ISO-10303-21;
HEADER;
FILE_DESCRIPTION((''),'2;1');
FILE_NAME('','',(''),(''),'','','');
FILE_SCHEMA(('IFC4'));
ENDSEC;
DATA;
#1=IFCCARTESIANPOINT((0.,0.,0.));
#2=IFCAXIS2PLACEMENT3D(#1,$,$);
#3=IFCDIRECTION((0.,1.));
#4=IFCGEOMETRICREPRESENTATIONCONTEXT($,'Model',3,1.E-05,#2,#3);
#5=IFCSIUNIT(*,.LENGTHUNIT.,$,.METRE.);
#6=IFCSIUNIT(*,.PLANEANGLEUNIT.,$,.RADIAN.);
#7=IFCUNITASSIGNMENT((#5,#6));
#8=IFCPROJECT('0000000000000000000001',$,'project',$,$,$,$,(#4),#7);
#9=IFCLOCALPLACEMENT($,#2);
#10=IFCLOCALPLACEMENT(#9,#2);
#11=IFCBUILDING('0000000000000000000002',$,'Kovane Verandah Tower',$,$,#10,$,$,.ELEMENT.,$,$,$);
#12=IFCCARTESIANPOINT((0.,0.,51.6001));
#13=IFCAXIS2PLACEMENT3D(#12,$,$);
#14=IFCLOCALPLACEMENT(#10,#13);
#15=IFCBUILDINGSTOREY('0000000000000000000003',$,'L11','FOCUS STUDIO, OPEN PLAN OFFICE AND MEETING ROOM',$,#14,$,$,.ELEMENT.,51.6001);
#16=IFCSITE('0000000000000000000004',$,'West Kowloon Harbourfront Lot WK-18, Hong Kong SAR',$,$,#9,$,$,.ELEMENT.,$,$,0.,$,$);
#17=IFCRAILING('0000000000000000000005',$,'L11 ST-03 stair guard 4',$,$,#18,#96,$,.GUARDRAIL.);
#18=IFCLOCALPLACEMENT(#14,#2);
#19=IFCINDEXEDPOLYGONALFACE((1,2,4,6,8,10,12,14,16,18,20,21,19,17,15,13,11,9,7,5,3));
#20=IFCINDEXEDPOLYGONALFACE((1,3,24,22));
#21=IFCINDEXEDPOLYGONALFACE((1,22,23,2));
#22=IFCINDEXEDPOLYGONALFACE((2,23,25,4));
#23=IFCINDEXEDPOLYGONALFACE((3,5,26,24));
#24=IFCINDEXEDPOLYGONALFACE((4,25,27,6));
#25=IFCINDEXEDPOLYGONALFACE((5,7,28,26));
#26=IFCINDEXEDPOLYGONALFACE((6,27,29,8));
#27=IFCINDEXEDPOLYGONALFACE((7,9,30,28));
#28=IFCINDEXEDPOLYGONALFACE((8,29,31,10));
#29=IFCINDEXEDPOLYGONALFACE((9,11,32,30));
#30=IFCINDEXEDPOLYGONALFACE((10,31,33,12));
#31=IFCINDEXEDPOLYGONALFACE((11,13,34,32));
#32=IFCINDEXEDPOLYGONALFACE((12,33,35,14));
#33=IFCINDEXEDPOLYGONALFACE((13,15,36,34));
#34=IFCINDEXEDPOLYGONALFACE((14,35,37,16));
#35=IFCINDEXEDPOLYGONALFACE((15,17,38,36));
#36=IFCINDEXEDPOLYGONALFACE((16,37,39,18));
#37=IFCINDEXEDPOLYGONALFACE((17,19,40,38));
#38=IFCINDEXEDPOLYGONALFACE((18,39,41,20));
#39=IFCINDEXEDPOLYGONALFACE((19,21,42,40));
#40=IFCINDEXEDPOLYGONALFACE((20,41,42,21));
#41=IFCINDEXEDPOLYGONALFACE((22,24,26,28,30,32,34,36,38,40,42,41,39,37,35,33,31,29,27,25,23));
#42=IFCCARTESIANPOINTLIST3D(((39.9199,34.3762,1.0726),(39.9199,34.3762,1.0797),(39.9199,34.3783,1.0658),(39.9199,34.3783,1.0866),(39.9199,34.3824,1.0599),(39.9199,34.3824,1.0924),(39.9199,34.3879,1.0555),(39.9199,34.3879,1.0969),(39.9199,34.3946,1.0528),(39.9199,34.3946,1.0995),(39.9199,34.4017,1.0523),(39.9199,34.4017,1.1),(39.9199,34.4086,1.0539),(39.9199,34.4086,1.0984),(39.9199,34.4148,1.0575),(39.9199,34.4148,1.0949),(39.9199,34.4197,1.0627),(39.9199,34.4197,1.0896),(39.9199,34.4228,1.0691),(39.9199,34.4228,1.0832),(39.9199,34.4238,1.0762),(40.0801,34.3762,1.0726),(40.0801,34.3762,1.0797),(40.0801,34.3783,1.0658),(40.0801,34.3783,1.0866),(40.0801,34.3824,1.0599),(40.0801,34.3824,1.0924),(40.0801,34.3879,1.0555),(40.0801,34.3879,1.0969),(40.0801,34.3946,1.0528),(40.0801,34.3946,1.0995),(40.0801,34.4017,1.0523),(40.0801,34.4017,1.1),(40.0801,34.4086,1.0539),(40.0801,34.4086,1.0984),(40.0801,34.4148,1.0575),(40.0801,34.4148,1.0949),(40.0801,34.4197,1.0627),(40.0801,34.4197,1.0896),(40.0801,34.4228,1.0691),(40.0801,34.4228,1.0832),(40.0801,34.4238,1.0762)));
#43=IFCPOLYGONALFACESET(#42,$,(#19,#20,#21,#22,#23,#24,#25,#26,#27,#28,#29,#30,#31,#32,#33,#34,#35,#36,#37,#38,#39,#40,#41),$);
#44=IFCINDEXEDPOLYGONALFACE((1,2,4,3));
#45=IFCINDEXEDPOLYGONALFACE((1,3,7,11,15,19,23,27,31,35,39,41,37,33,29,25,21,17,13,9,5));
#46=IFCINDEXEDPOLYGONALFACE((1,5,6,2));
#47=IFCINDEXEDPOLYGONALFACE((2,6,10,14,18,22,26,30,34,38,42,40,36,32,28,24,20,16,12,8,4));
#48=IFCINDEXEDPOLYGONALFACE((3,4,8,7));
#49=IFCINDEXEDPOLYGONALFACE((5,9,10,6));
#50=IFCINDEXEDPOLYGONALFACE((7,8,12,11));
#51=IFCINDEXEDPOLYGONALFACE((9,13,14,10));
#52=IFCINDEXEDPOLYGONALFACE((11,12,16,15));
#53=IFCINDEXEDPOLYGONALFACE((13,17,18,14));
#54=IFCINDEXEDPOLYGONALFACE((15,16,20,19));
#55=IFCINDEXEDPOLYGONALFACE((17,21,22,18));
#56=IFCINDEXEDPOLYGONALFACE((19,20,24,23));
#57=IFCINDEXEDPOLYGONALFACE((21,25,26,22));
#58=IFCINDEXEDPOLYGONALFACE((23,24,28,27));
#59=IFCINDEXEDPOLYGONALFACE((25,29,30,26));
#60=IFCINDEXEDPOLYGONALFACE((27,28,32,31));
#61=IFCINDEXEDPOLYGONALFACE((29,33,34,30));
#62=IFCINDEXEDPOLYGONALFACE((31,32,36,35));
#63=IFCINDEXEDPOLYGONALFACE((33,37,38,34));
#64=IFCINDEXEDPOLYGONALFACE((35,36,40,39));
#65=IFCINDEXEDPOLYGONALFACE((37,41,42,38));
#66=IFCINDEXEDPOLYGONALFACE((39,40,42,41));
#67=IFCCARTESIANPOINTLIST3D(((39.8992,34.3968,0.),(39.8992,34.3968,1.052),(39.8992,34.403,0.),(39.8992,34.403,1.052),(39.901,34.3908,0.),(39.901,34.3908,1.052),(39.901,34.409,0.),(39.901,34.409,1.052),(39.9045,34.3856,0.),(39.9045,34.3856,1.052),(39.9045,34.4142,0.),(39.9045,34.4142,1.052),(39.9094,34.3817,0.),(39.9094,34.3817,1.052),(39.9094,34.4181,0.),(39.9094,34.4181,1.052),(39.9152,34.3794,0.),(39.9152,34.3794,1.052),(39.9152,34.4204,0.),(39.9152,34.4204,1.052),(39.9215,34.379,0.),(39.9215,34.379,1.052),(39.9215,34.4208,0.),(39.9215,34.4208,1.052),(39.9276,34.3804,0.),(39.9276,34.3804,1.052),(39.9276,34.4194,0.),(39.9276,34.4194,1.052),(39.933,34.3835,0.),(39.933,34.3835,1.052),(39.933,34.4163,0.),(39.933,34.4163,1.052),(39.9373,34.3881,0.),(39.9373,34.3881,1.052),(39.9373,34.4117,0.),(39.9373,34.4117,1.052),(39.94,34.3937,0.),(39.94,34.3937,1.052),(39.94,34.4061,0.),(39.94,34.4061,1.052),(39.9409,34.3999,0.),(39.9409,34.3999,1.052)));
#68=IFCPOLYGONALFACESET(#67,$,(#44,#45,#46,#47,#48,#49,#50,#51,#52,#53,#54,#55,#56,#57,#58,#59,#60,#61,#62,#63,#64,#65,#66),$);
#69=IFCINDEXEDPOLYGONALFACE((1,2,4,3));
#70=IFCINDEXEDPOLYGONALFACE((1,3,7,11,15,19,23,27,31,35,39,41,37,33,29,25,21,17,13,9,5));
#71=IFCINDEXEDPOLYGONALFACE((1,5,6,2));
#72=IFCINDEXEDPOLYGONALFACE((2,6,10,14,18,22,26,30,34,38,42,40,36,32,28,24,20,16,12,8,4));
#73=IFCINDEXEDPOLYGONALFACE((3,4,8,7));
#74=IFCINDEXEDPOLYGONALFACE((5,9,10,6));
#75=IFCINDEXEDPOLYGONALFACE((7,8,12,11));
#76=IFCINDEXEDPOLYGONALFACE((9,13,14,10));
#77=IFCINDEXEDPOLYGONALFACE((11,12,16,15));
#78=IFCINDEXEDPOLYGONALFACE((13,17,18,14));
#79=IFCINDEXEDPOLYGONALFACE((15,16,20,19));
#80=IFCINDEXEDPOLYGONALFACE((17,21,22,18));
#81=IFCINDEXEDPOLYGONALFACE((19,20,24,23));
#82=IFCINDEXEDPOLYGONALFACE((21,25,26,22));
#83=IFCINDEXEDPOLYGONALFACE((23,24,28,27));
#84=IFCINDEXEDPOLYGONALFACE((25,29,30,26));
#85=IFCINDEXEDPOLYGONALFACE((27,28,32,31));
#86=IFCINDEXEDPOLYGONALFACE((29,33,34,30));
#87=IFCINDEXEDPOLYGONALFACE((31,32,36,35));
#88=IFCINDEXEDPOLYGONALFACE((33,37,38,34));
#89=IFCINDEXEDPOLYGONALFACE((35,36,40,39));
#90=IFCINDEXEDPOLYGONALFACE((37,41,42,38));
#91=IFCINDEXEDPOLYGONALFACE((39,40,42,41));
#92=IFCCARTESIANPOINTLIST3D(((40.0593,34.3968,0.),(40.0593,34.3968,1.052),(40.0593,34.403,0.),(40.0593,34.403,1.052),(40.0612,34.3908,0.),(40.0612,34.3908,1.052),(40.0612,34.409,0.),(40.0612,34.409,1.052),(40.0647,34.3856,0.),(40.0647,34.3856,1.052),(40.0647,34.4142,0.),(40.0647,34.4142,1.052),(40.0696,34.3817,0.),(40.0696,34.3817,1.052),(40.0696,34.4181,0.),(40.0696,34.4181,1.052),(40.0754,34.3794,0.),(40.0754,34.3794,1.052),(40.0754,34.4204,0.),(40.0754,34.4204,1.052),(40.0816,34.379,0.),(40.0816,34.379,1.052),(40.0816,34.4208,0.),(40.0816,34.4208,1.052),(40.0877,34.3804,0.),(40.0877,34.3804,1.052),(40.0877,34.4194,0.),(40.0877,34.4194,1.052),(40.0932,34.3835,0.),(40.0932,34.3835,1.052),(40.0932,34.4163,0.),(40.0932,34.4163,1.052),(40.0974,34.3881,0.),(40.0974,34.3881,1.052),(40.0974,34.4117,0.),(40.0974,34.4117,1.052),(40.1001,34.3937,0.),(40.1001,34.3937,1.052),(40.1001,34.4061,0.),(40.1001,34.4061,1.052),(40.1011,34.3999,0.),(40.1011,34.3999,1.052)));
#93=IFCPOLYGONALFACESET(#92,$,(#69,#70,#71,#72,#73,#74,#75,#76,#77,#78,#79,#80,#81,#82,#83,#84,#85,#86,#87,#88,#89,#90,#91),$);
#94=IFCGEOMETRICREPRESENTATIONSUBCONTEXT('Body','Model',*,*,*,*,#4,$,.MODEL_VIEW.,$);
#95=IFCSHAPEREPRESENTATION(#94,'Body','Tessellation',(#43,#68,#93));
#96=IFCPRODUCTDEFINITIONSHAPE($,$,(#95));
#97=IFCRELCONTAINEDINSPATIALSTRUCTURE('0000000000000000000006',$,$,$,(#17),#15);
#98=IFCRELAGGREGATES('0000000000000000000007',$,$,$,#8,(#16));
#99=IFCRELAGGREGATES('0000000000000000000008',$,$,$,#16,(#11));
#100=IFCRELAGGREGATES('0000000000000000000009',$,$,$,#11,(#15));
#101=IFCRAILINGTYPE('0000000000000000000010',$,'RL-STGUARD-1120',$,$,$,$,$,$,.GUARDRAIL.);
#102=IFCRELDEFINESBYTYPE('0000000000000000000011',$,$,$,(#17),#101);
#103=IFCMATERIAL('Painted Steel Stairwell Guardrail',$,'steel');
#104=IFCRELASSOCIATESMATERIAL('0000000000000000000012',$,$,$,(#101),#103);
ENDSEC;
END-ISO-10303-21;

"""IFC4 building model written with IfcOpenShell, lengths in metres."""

from ifc_helpers import new_model, si_unit, direction, frame, origin, origin_2d, place, context, subcontext, project, spatial, circle, extrude, material, type_object, element, save


model = new_model("IFC4")

# Units and contexts
model_context = context("Model", 3, precision=1e-05, world=origin(), true_north=direction((0.0, 1.0)))
body_context = subcontext(model_context, "Body", "Model", "MODEL_VIEW")
ifc_project = project(units=[si_unit("LENGTHUNIT", "METRE"), si_unit("PLANEANGLEUNIT", "RADIAN")], contexts=[model_context])

# Site, building, storey
site_placement = place(None, origin())
site = spatial("IfcSite", under=ifc_project, at=site_placement, Name="West Kowloon Harbourfront Lot WK-18, Hong Kong SAR", CompositionType="ELEMENT", RefElevation=0.0)
building_placement = place(site_placement, origin())
building = spatial("IfcBuilding", under=site, at=building_placement, Name="Kovane Verandah Tower", CompositionType="ELEMENT")
storey_placement = place(building_placement, frame((0.0, 0.0, 51.6001)))
storey = spatial("IfcBuildingStorey", under=building, at=storey_placement, Name="L11", Description="FOCUS STUDIO, OPEN PLAN OFFICE AND MEETING ROOM", CompositionType="ELEMENT", Elevation=51.6001)

# Railing
ifc_material_1 = material(Name="Painted Steel Stairwell Guardrail", Category="steel")
railing_type_1 = type_object("IfcRailingType", Name="RL-STGUARD-1120", PredefinedType="GUARDRAIL", material=ifc_material_1)
railing_1_placement = place(storey_placement, frame((39.9199, 34.3999, 0.0)))
element("IfcRailing", 1, at=railing_1_placement, inside=storey, type_object=railing_type_1, Name="L11 ST-03 stair guard 4", PredefinedType="GUARDRAIL", context=body_context, shape_type="SweptSolid", body=[
    extrude(circle(Radius=0.0239, at=origin_2d()), frame((0.0, 0.0, 1.0762), z_axis=(1.0, 0.0, 0.0), x_axis=(0.0, 1.0, 0.0)), (0.0, 0.0, 1.0), 0.1602),
    extrude(circle(Radius=0.021, at=origin_2d()), origin(), (0.0, 0.0, 1.0), 1.052),
    extrude(circle(Radius=0.021, at=origin_2d()), frame((0.1602, 0.0, 0.0)), (0.0, 0.0, 1.0), 1.052),
])

save(model, "model.ifc")
